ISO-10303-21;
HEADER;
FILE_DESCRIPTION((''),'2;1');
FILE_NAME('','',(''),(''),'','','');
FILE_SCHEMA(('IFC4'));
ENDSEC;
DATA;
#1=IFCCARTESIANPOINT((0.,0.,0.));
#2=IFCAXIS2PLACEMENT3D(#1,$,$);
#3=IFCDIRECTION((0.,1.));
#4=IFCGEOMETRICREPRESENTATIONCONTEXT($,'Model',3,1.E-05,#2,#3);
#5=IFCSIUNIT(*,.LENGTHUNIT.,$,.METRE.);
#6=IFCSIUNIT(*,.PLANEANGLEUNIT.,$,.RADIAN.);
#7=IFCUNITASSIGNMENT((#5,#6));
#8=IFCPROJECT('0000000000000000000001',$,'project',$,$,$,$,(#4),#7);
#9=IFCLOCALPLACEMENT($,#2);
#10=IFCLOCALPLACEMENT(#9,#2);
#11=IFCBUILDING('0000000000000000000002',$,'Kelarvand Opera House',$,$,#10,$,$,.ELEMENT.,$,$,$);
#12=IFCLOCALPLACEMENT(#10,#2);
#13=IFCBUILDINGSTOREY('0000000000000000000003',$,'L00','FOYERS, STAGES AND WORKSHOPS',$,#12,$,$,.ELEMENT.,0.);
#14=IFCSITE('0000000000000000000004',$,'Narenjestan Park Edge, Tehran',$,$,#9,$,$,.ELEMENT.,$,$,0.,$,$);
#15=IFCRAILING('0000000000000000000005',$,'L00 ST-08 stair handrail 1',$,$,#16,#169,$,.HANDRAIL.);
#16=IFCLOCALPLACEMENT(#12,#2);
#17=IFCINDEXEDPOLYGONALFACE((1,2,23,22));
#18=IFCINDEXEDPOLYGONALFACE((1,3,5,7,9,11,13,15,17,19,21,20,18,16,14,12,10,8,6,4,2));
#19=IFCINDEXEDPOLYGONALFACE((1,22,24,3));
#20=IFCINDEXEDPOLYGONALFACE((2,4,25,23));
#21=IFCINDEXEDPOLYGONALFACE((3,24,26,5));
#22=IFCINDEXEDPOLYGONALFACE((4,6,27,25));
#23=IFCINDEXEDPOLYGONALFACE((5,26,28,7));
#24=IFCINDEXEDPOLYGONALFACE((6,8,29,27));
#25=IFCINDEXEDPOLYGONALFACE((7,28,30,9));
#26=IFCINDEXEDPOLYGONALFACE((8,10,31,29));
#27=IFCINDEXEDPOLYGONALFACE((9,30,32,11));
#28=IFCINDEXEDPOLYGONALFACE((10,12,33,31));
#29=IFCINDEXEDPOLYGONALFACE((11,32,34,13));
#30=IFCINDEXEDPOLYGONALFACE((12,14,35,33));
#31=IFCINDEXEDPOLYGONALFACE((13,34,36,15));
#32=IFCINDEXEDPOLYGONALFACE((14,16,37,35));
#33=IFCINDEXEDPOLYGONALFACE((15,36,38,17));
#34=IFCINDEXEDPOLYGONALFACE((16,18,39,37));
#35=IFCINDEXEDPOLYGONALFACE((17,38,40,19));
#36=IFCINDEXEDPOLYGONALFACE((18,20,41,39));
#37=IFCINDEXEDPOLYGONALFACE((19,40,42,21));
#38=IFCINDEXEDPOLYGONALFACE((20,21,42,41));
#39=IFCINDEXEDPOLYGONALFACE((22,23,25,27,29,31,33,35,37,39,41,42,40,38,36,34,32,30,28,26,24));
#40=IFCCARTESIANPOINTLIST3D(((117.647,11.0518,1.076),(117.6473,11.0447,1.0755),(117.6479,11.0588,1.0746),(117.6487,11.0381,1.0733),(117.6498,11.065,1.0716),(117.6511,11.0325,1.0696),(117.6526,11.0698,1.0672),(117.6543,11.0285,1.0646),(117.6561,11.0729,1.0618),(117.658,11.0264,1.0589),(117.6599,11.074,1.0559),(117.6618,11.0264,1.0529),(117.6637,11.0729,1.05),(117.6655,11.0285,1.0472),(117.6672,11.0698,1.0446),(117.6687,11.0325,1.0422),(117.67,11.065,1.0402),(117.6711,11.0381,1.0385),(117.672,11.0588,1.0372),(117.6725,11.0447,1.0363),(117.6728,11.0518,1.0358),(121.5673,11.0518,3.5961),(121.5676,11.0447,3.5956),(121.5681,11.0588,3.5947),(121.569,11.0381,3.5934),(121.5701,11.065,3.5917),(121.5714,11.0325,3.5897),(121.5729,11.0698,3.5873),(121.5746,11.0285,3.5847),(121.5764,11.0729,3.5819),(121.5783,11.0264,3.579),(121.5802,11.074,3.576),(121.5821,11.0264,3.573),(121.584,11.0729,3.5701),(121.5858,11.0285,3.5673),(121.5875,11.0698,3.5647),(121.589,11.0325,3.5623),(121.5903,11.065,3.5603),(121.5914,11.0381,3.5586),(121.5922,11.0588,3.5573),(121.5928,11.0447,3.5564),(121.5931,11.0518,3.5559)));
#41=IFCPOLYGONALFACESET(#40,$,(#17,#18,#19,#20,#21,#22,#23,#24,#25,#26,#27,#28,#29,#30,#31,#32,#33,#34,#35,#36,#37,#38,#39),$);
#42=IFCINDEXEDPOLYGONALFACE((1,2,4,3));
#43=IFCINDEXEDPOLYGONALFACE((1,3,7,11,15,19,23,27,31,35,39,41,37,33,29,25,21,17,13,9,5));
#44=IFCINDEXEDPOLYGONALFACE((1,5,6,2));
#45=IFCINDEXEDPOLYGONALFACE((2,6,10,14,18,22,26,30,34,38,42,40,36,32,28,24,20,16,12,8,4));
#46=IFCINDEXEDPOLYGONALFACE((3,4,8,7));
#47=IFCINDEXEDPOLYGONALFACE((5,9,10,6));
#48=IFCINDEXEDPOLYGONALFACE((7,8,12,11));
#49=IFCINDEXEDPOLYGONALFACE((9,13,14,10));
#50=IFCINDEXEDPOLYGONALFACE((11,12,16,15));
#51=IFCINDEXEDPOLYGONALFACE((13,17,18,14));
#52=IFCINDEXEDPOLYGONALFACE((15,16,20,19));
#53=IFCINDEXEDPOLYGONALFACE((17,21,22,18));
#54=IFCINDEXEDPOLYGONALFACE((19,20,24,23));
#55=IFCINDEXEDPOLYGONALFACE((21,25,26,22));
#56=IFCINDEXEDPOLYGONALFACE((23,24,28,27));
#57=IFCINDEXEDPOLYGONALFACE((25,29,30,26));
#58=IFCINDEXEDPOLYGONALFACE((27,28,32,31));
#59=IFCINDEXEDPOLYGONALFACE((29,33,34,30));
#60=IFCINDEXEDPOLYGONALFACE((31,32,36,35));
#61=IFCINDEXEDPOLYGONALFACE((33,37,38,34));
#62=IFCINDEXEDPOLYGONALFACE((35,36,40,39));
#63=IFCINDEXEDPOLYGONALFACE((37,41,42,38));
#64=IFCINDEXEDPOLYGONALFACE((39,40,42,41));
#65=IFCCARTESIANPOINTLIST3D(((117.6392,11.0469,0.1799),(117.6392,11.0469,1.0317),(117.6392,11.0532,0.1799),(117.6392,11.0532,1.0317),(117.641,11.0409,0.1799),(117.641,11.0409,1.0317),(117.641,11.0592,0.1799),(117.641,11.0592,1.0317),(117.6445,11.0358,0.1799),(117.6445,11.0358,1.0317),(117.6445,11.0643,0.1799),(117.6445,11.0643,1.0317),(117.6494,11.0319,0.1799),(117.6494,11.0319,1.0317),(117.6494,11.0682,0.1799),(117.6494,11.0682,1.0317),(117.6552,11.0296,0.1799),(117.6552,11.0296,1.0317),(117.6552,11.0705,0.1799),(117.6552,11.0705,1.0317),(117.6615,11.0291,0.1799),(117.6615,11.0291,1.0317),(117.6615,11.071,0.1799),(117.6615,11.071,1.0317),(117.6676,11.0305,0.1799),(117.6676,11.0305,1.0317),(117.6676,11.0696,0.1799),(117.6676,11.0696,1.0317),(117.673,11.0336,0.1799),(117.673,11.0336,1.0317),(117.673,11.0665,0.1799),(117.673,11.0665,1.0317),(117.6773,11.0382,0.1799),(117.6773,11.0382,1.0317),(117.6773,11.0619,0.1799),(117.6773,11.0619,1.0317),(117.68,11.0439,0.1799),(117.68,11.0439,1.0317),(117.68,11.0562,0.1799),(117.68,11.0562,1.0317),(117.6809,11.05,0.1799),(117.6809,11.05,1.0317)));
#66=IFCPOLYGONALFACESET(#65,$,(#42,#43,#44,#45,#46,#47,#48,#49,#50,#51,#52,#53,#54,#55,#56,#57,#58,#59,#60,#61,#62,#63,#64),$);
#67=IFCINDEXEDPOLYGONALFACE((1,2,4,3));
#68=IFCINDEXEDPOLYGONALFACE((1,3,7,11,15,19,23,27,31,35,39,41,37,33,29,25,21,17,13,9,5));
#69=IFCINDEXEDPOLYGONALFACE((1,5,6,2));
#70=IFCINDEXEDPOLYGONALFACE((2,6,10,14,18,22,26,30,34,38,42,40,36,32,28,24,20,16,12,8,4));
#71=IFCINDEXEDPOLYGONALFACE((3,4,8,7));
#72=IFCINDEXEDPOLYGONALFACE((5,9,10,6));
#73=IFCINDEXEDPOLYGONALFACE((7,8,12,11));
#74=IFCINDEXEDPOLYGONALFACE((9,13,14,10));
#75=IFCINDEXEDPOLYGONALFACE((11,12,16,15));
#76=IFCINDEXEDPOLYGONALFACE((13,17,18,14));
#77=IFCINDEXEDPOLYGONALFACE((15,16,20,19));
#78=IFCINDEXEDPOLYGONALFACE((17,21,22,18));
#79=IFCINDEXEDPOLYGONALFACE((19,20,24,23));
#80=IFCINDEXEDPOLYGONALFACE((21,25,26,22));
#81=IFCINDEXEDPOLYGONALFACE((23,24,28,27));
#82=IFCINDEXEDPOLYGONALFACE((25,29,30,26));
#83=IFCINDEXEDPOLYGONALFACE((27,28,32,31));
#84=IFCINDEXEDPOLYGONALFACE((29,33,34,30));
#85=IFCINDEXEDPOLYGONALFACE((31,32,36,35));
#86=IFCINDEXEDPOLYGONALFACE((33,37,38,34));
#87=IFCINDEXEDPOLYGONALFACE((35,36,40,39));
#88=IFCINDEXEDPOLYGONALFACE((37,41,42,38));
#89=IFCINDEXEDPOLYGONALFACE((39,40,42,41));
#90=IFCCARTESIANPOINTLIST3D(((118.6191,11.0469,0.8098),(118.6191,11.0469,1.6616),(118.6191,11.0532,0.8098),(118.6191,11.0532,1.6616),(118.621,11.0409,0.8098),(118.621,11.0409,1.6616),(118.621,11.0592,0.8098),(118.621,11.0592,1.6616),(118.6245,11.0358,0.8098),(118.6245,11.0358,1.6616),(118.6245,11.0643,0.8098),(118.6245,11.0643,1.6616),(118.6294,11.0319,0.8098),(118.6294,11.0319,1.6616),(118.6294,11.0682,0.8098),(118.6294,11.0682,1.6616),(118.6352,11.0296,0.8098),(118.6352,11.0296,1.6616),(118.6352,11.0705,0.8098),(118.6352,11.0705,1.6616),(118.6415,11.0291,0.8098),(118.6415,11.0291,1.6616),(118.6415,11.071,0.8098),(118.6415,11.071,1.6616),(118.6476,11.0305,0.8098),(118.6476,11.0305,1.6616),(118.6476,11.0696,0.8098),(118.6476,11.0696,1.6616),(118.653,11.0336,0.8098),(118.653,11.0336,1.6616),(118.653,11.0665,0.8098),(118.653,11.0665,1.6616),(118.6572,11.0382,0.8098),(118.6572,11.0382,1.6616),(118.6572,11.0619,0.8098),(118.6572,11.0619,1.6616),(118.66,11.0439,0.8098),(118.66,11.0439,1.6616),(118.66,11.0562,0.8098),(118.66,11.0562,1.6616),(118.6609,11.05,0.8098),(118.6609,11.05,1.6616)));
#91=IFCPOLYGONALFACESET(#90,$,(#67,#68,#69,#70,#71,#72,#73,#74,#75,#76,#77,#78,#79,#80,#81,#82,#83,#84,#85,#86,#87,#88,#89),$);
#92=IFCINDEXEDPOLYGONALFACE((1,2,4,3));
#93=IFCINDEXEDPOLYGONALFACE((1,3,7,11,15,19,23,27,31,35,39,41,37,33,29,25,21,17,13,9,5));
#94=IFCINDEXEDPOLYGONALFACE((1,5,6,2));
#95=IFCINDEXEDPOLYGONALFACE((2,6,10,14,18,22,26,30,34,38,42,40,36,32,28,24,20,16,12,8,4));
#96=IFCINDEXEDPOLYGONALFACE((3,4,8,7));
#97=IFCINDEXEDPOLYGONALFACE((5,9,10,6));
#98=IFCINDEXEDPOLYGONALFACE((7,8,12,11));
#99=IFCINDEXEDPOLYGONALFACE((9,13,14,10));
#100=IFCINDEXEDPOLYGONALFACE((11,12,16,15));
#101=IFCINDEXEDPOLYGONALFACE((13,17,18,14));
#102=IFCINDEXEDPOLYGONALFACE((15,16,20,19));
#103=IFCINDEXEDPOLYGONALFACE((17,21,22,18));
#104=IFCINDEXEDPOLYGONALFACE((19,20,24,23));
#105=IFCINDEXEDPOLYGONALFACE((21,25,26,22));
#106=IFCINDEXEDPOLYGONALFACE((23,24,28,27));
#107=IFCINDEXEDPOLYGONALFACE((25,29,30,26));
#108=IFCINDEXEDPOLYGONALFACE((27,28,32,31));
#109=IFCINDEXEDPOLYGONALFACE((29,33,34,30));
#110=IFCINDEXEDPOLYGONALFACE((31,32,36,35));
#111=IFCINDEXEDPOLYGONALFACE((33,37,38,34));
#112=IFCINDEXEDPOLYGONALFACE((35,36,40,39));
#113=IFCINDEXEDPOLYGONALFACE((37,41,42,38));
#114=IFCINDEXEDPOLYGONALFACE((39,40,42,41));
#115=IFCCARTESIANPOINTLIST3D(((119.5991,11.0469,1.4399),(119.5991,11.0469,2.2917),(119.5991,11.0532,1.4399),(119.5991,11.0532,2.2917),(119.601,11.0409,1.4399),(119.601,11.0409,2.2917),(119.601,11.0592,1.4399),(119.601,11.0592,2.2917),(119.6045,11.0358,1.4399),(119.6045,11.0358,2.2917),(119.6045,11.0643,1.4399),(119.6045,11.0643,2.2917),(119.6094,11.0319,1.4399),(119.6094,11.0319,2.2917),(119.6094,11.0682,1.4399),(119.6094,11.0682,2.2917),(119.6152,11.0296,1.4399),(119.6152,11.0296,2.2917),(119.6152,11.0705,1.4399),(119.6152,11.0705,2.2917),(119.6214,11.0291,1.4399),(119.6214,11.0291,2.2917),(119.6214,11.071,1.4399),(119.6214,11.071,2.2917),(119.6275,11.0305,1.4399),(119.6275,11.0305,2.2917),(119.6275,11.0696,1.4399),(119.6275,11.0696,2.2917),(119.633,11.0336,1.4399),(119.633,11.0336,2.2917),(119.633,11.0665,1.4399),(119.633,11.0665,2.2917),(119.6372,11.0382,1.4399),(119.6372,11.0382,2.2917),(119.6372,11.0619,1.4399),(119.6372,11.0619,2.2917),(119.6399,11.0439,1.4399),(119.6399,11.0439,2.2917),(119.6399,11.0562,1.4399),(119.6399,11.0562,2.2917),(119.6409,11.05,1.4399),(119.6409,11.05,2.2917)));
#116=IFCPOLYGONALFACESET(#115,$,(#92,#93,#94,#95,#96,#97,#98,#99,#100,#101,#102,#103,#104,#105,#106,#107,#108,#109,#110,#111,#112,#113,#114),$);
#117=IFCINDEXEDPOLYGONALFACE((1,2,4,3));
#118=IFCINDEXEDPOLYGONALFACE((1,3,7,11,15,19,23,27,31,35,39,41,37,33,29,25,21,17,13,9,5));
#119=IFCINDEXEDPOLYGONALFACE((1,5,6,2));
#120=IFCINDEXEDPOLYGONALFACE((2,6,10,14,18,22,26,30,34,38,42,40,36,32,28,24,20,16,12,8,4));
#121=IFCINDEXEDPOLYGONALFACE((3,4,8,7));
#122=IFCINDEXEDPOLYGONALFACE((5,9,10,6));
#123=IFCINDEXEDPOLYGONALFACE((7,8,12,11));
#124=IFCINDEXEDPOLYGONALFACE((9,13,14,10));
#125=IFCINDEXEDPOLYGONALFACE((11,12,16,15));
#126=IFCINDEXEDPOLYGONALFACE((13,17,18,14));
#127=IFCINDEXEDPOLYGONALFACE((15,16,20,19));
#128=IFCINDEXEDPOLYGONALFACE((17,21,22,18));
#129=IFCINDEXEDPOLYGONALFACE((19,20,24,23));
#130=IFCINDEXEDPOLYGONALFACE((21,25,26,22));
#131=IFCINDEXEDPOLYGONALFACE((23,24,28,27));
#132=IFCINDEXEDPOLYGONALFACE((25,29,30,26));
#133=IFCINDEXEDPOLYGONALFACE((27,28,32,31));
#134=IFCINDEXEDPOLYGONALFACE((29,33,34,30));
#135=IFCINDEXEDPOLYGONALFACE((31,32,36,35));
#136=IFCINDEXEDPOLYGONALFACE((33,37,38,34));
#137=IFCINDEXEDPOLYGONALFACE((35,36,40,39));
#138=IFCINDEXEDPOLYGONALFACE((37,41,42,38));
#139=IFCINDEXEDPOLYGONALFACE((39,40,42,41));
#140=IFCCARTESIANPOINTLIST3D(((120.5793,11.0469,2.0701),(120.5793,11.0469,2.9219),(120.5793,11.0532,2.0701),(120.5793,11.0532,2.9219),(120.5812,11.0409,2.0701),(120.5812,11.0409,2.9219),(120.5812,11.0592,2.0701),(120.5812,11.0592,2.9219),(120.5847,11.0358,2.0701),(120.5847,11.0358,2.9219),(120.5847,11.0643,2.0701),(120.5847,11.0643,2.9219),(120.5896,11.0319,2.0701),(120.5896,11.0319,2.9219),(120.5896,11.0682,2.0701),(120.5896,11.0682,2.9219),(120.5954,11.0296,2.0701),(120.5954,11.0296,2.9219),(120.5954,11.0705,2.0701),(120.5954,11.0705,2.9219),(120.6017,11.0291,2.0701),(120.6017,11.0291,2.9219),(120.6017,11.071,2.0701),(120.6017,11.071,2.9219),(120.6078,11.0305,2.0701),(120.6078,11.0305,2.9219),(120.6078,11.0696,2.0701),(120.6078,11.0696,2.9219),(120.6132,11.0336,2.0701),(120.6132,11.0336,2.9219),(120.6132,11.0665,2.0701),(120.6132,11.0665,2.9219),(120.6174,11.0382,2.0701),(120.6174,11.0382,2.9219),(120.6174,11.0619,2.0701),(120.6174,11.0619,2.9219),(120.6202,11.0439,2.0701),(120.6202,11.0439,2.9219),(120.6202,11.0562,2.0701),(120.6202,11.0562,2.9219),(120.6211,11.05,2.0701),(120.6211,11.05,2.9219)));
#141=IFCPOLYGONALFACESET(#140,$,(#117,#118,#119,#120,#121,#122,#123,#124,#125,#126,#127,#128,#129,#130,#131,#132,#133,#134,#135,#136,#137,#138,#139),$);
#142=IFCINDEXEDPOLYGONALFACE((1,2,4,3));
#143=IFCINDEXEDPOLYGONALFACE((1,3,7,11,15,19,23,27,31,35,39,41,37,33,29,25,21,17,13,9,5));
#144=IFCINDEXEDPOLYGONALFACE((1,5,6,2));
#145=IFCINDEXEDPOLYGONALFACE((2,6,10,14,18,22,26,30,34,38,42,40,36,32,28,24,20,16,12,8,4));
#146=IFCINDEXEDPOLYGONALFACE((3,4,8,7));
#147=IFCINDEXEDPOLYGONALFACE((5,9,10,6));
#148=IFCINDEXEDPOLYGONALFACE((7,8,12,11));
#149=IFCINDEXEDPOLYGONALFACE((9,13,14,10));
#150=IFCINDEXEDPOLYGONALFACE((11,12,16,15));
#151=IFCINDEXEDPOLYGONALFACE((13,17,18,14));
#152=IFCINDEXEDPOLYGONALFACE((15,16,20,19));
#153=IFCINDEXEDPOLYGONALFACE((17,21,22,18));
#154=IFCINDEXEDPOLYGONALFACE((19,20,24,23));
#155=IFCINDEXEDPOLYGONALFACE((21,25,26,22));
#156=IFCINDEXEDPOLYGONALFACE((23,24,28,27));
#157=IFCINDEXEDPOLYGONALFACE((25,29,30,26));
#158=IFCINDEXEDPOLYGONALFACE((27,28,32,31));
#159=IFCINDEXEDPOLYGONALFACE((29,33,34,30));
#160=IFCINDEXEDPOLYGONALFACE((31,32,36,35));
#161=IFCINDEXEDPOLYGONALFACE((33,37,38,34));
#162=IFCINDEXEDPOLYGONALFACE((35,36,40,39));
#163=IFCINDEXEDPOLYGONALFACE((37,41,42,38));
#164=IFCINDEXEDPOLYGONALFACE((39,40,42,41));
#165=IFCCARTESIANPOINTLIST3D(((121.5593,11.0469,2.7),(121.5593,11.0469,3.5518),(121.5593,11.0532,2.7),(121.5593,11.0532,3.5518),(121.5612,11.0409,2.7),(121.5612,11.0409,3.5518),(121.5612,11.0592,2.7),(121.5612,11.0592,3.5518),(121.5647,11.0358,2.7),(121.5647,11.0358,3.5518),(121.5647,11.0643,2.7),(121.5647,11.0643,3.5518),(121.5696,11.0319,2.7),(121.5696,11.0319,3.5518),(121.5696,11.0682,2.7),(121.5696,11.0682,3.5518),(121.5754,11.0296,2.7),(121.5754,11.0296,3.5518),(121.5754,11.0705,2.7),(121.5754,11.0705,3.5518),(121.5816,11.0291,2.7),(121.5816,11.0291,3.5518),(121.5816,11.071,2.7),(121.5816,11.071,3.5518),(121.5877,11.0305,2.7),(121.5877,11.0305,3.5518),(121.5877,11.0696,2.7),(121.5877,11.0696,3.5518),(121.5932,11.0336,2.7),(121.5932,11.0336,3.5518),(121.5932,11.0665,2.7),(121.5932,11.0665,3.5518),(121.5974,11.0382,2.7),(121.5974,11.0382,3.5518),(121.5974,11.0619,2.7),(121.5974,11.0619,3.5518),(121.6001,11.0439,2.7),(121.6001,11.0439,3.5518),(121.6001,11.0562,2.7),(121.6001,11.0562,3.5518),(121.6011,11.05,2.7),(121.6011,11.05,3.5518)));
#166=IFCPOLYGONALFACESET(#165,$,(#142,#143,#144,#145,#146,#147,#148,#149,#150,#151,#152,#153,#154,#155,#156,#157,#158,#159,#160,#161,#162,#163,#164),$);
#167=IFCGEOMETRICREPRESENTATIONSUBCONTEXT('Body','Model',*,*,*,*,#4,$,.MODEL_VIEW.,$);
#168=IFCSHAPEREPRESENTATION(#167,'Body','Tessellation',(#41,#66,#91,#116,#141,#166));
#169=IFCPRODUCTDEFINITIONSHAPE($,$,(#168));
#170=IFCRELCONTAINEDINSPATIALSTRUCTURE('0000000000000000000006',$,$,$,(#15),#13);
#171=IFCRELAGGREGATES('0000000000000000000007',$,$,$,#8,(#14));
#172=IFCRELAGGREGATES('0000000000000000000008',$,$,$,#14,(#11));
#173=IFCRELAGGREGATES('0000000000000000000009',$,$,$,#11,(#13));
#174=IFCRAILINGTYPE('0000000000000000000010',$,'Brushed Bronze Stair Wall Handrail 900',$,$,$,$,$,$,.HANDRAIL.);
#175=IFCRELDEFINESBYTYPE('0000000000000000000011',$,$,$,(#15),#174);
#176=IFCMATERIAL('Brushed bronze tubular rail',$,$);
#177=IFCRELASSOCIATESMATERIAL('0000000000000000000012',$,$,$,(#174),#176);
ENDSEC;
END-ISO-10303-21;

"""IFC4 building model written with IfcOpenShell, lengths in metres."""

from ifc_helpers import new_model, si_unit, direction, frame, origin, origin_2d, place, context, subcontext, project, spatial, circle, extrude, material, type_object, element, save


model = new_model("IFC4")

# Units and contexts
model_context = context("Model", 3, precision=1e-05, world=origin(), true_north=direction((0.0, 1.0)))
body_context = subcontext(model_context, "Body", "Model", "MODEL_VIEW")
ifc_project = project(units=[si_unit("LENGTHUNIT", "METRE"), si_unit("PLANEANGLEUNIT", "RADIAN")], contexts=[model_context])

# Site, building, storey
site_placement = place(None, origin())
site = spatial("IfcSite", under=ifc_project, at=site_placement, Name="Narenjestan Park Edge, Tehran", CompositionType="ELEMENT", RefElevation=0.0)
building_placement = place(site_placement, origin())
building = spatial("IfcBuilding", under=site, at=building_placement, Name="Kelarvand Opera House", CompositionType="ELEMENT")
storey_placement = place(building_placement, origin())
storey = spatial("IfcBuildingStorey", under=building, at=storey_placement, Name="L00", Description="FOYERS, STAGES AND WORKSHOPS", CompositionType="ELEMENT", Elevation=0.0)

# Railing
ifc_material_1 = material(Name="Brushed bronze tubular rail")
railing_type_1 = type_object("IfcRailingType", Name="Brushed Bronze Stair Wall Handrail 900", PredefinedType="HANDRAIL", material=ifc_material_1)
railing_1_placement = place(storey_placement, frame((117.6599, 11.05, 0.1799)))
element("IfcRailing", 1, at=railing_1_placement, inside=storey, type_object=railing_type_1, Name="L00 ST-08 stair handrail 1", PredefinedType="HANDRAIL", context=body_context, shape_type="SweptSolid", body=[
    extrude(circle(Radius=0.0239, at=origin_2d()), frame((0.0, 0.0, 0.876), z_axis=(0.841187, 0.0, 0.540744), x_axis=(0.0, 1.0, 0.0)), (0.0, 0.0, 1.0), 4.6604),
    extrude(circle(Radius=0.021, at=origin_2d()), origin(), (0.0, 0.0, 1.0), 0.8518),
    extrude(circle(Radius=0.021, at=origin_2d()), frame((0.98, 0.0, 0.6299)), (0.0, 0.0, 1.0), 0.8518),
    extrude(circle(Radius=0.021, at=origin_2d()), frame((1.96, 0.0, 1.26)), (0.0, 0.0, 1.0), 0.8518),
    extrude(circle(Radius=0.021, at=origin_2d()), frame((2.9402, 0.0, 1.8901)), (0.0, 0.0, 1.0), 0.8518),
    extrude(circle(Radius=0.021, at=origin_2d()), frame((3.9202, 0.0, 2.52)), (0.0, 0.0, 1.0), 0.8518),
])

save(model, "model.ifc")
